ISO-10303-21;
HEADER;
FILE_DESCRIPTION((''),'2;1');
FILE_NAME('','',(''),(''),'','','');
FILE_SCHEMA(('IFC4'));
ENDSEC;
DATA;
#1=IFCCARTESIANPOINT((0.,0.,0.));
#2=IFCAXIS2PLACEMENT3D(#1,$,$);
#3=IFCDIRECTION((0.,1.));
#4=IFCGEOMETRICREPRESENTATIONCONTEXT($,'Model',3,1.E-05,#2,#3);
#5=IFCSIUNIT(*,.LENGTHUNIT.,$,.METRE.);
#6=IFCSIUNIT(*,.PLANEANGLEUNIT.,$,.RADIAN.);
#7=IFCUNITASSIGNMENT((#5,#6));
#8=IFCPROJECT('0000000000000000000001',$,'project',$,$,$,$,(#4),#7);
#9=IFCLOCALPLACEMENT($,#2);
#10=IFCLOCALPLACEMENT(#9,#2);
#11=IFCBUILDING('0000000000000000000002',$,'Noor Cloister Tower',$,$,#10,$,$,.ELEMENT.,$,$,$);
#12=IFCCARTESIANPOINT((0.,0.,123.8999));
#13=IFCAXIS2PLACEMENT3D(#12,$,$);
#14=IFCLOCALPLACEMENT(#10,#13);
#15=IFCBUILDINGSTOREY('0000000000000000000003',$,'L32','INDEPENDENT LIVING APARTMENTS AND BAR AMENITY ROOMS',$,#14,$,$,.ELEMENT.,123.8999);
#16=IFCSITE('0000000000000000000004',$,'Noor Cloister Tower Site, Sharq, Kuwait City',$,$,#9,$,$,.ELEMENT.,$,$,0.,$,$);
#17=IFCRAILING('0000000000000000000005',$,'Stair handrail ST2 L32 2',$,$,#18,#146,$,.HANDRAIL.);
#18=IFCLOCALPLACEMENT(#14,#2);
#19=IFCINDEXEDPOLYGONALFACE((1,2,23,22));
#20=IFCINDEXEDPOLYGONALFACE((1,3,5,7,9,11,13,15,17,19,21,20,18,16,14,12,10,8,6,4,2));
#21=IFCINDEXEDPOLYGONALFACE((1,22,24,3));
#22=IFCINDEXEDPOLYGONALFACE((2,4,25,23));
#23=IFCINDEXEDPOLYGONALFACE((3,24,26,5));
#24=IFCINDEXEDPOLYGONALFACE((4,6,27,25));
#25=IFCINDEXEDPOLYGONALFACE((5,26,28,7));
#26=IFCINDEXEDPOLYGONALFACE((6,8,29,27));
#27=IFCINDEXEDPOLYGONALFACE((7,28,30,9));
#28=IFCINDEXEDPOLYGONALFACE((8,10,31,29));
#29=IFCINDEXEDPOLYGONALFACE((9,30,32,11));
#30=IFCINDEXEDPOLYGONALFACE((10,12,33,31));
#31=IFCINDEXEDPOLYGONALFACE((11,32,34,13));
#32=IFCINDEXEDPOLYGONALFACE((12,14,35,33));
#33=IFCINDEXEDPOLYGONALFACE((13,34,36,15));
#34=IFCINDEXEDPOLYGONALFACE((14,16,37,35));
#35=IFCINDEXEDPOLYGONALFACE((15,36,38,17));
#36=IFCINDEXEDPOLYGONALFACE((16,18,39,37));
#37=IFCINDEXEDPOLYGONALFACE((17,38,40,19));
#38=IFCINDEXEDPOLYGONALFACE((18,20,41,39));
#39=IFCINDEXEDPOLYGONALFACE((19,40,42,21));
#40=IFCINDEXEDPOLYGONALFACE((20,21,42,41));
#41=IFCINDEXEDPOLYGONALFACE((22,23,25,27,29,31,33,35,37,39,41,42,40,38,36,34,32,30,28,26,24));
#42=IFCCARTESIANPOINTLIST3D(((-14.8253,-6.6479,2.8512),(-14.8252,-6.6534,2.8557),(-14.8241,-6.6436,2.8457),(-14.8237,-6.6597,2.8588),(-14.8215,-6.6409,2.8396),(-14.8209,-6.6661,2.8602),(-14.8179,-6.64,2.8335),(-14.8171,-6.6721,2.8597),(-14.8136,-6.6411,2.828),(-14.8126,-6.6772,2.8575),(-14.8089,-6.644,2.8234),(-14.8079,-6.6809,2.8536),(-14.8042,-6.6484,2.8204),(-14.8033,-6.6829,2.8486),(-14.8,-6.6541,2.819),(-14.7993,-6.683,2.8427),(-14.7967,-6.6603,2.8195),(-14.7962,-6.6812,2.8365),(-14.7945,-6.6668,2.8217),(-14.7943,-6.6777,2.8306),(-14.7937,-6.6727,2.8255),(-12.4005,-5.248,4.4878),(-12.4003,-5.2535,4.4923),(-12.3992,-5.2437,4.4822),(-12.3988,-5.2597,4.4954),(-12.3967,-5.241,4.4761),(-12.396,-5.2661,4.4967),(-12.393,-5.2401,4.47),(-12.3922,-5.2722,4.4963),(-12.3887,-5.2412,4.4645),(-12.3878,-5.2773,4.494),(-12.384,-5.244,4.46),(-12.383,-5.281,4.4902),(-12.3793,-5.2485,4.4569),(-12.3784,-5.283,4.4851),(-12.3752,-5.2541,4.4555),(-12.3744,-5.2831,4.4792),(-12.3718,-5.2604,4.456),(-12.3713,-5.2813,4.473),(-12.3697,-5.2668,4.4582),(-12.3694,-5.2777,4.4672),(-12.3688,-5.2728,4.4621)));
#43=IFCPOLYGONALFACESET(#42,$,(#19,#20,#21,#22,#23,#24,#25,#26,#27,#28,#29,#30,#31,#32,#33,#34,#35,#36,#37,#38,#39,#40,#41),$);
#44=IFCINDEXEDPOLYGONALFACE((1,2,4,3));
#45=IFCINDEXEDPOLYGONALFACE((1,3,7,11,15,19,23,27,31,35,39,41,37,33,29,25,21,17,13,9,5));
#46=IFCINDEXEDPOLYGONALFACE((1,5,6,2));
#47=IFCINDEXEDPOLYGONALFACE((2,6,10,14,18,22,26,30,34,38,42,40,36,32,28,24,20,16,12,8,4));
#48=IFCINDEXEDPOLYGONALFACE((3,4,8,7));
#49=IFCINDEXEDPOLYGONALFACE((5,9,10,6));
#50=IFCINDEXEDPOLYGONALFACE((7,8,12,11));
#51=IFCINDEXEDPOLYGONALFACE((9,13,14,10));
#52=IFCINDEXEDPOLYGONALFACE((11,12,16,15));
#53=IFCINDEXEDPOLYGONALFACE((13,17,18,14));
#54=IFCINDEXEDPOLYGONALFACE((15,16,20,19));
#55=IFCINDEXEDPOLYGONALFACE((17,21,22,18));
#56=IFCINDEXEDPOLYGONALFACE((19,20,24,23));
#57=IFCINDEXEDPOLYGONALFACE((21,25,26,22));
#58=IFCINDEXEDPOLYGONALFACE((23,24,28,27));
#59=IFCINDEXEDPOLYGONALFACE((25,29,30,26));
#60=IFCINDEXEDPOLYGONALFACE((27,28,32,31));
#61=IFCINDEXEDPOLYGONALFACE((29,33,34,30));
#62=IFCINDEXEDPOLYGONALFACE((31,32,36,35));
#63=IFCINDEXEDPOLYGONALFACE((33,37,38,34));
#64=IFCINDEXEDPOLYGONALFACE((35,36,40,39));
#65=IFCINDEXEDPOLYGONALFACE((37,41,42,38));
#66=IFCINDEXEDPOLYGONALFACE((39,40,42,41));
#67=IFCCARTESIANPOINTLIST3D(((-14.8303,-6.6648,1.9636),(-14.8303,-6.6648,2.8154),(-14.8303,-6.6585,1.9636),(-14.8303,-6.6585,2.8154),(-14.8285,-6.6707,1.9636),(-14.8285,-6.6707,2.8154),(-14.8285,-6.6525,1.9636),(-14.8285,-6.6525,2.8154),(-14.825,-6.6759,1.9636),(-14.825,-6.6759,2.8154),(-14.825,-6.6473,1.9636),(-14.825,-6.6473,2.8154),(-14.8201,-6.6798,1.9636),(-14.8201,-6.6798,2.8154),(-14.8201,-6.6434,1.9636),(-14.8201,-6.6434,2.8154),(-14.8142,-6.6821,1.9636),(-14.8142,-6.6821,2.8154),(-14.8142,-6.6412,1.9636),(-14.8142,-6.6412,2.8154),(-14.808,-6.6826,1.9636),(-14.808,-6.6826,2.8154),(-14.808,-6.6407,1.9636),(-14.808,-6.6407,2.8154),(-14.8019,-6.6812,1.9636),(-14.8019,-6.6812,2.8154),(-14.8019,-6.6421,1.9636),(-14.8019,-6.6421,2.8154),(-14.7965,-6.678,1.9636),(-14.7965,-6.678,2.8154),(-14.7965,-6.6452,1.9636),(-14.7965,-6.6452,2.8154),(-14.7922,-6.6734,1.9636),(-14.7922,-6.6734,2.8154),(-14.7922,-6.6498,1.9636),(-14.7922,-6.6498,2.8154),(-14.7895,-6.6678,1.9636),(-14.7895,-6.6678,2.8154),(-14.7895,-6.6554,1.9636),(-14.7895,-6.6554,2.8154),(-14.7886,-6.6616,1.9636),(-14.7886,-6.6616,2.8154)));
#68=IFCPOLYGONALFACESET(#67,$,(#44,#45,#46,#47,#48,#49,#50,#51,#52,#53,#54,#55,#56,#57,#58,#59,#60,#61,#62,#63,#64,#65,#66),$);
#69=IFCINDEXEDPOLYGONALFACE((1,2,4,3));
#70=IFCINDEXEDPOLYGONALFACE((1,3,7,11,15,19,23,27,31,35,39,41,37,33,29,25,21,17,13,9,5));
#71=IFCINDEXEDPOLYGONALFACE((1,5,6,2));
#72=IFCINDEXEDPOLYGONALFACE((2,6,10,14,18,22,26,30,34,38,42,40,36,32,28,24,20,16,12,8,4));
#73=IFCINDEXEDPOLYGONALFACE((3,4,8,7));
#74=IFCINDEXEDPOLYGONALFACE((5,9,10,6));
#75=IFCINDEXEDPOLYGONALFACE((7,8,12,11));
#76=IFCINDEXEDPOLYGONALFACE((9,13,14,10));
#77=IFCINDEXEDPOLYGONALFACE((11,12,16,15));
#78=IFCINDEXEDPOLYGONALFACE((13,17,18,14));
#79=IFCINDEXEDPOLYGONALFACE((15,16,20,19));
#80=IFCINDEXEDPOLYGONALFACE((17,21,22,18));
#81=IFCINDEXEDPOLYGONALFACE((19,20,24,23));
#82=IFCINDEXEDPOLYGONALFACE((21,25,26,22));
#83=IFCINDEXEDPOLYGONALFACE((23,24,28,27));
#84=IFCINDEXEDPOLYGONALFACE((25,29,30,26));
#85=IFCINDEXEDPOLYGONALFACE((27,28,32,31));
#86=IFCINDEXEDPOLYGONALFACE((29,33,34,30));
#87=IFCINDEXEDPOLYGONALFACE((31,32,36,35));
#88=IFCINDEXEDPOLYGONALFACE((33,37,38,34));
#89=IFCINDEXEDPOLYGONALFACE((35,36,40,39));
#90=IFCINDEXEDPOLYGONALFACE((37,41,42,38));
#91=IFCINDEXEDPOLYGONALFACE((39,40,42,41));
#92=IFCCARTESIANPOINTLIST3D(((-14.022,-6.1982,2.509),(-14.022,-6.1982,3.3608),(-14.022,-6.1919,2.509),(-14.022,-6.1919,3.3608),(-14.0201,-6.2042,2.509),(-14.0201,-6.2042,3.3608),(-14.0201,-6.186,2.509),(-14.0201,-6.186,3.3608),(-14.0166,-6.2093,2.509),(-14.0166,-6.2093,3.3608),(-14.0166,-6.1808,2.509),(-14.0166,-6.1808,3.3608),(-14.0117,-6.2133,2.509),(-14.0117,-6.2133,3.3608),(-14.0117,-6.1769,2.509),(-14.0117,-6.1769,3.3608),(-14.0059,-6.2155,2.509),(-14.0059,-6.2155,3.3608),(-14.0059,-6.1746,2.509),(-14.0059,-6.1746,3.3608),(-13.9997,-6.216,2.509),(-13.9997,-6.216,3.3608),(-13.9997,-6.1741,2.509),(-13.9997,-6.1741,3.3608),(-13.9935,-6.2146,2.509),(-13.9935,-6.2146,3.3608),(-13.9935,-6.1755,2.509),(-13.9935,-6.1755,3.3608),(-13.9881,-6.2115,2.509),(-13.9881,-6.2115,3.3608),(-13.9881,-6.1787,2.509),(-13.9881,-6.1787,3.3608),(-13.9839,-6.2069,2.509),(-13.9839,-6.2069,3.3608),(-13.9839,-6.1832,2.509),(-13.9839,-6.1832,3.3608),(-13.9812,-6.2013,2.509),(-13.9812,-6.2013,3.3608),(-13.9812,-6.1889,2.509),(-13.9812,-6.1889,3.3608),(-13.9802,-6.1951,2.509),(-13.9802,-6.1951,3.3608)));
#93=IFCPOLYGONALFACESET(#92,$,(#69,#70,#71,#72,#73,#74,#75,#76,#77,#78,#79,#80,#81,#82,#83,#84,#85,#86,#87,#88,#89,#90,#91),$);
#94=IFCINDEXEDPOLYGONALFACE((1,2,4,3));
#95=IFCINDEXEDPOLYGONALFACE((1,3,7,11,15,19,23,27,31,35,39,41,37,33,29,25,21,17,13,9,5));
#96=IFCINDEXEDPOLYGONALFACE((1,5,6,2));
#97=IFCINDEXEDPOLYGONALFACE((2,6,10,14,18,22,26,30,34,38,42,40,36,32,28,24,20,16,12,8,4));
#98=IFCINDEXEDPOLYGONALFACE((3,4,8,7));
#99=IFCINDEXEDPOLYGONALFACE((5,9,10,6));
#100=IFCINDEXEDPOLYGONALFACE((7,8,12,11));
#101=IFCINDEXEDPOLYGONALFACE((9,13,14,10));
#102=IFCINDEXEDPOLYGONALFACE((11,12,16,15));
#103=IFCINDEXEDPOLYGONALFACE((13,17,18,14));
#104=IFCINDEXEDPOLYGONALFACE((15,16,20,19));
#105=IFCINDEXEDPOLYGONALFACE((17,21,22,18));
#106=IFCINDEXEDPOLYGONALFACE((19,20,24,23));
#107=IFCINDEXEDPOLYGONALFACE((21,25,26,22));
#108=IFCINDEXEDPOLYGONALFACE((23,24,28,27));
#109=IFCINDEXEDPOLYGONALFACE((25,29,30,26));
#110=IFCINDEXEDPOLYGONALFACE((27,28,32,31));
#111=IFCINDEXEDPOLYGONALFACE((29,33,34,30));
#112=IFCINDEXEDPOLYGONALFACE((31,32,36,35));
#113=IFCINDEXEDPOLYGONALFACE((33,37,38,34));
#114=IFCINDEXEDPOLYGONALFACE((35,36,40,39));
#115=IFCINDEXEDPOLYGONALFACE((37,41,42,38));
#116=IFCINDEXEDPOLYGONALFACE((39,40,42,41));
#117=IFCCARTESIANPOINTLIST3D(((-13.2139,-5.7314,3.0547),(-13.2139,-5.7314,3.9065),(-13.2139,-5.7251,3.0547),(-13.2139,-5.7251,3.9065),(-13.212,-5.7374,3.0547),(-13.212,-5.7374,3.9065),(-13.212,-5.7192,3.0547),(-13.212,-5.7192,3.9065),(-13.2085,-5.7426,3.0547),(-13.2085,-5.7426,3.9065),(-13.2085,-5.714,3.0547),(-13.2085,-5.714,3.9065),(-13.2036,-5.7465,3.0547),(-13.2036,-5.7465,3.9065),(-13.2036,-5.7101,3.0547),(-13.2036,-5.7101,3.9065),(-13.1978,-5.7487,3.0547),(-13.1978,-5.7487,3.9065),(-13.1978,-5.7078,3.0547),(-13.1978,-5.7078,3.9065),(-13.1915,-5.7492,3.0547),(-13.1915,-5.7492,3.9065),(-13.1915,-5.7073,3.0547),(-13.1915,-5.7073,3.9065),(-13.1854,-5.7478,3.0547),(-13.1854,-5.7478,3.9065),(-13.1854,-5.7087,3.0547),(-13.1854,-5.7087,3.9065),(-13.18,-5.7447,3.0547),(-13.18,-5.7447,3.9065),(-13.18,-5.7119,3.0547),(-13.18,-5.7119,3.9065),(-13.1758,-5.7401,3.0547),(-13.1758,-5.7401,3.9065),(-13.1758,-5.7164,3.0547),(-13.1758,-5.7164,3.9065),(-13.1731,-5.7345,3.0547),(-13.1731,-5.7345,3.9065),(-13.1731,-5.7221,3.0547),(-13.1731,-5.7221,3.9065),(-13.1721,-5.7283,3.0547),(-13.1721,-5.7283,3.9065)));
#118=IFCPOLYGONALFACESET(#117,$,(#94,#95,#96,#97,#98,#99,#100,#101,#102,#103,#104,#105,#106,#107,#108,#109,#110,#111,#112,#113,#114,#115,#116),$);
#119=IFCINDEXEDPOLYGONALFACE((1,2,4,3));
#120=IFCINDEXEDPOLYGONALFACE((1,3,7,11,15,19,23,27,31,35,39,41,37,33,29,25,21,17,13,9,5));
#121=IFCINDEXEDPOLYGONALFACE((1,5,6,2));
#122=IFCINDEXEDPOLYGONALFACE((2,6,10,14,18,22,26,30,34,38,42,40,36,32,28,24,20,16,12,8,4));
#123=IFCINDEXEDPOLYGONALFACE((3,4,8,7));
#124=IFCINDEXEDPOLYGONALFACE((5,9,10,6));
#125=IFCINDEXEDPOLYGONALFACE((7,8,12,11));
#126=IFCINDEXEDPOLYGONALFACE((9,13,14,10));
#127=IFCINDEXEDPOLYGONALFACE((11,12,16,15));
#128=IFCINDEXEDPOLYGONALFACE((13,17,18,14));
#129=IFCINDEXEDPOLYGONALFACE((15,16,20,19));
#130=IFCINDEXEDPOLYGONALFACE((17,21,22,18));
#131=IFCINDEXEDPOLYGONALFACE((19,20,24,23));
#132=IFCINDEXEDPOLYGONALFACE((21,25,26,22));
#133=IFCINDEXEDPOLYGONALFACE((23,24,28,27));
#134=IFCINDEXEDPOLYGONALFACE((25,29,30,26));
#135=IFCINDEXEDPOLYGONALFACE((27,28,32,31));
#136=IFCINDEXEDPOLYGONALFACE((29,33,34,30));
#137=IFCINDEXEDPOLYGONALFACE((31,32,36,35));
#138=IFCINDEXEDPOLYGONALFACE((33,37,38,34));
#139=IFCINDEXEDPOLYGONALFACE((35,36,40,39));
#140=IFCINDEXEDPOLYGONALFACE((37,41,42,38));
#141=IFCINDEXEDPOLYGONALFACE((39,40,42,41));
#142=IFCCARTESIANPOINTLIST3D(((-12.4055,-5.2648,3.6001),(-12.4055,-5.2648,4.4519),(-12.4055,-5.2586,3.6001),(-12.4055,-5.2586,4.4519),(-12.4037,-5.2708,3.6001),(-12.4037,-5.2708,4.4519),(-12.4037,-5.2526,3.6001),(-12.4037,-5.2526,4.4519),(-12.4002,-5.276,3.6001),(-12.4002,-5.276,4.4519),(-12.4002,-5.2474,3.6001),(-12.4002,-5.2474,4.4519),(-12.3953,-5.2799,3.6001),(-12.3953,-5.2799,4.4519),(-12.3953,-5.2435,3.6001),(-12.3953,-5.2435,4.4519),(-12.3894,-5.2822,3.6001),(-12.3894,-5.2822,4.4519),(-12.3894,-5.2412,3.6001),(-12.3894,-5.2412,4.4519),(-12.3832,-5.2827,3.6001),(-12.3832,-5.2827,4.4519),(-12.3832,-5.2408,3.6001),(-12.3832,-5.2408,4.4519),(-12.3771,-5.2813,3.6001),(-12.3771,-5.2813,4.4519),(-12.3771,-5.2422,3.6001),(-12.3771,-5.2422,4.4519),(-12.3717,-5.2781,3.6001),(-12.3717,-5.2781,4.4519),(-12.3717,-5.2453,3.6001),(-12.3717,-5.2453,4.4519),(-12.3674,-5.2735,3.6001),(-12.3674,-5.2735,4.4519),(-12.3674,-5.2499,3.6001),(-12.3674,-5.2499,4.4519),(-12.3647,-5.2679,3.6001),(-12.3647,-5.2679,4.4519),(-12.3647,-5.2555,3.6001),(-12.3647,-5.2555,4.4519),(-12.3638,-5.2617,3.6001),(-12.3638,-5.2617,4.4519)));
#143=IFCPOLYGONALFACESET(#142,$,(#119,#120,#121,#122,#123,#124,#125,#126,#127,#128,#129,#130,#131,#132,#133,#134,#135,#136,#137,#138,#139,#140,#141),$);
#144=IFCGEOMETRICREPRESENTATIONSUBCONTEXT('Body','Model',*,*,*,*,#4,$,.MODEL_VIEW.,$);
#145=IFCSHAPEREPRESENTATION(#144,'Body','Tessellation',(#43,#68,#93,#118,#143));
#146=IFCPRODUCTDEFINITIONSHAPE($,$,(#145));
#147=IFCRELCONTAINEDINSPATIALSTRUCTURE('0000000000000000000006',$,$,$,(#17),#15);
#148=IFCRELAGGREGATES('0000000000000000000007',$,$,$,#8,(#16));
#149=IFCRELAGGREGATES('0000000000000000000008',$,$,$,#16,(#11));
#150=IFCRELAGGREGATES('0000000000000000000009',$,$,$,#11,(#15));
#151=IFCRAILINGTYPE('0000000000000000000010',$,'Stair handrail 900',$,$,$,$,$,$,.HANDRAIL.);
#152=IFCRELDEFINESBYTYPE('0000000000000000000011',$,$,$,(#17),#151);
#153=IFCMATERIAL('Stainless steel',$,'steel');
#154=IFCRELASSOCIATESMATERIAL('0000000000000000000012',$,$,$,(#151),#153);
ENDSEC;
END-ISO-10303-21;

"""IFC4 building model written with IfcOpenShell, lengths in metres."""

from ifc_helpers import new_model, si_unit, direction, frame, origin, origin_2d, place, context, subcontext, project, spatial, circle, extrude, material, type_object, element, save


model = new_model("IFC4")

# Units and contexts
model_context = context("Model", 3, precision=1e-05, world=origin(), true_north=direction((0.0, 1.0)))
body_context = subcontext(model_context, "Body", "Model", "MODEL_VIEW")
ifc_project = project(units=[si_unit("LENGTHUNIT", "METRE"), si_unit("PLANEANGLEUNIT", "RADIAN")], contexts=[model_context])

# Site, building, storey
site_placement = place(None, origin())
site = spatial("IfcSite", under=ifc_project, at=site_placement, Name="Noor Cloister Tower Site, Sharq, Kuwait City", CompositionType="ELEMENT", RefElevation=0.0)
building_placement = place(site_placement, origin())
building = spatial("IfcBuilding", under=site, at=building_placement, Name="Noor Cloister Tower", CompositionType="ELEMENT")
storey_placement = place(building_placement, frame((0.0, 0.0, 123.8999)))
storey = spatial("IfcBuildingStorey", under=building, at=storey_placement, Name="L32", Description="INDEPENDENT LIVING APARTMENTS AND BAR AMENITY ROOMS", CompositionType="ELEMENT", Elevation=123.8999)

# Railing
ifc_material_1 = material(Name="Stainless steel", Category="steel")
railing_type_1 = type_object("IfcRailingType", Name="Stair handrail 900", PredefinedType="HANDRAIL", material=ifc_material_1)
railing_1_placement = place(storey_placement, frame((-14.8096, -6.6616, 1.9636)))
element("IfcRailing", 1, at=railing_1_placement, inside=storey, type_object=railing_type_1, Name="Stair handrail ST2 L32 2", PredefinedType="HANDRAIL", context=body_context, shape_type="SweptSolid", body=[
    extrude(circle(Radius=0.0239, at=origin_2d()), frame((0.0, 0.0, 0.876), z_axis=(0.74769, 0.431661, 0.504608), x_axis=(-0.499984, 0.866035, 0.0)), (0.0, 0.0, 1.0), 3.2432),
    extrude(circle(Radius=0.021, at=origin_2d()), origin(), (0.0, 0.0, 1.0), 0.8518),
    extrude(circle(Radius=0.021, at=origin_2d()), frame((0.8083, 0.4666, 0.5454)), (0.0, 0.0, 1.0), 0.8518),
    extrude(circle(Radius=0.021, at=origin_2d()), frame((1.6165, 0.9333, 1.0911)), (0.0, 0.0, 1.0), 0.8518),
    extrude(circle(Radius=0.021, at=origin_2d()), frame((2.4248, 1.3999, 1.6365)), (0.0, 0.0, 1.0), 0.8518),
])

save(model, "model.ifc")
